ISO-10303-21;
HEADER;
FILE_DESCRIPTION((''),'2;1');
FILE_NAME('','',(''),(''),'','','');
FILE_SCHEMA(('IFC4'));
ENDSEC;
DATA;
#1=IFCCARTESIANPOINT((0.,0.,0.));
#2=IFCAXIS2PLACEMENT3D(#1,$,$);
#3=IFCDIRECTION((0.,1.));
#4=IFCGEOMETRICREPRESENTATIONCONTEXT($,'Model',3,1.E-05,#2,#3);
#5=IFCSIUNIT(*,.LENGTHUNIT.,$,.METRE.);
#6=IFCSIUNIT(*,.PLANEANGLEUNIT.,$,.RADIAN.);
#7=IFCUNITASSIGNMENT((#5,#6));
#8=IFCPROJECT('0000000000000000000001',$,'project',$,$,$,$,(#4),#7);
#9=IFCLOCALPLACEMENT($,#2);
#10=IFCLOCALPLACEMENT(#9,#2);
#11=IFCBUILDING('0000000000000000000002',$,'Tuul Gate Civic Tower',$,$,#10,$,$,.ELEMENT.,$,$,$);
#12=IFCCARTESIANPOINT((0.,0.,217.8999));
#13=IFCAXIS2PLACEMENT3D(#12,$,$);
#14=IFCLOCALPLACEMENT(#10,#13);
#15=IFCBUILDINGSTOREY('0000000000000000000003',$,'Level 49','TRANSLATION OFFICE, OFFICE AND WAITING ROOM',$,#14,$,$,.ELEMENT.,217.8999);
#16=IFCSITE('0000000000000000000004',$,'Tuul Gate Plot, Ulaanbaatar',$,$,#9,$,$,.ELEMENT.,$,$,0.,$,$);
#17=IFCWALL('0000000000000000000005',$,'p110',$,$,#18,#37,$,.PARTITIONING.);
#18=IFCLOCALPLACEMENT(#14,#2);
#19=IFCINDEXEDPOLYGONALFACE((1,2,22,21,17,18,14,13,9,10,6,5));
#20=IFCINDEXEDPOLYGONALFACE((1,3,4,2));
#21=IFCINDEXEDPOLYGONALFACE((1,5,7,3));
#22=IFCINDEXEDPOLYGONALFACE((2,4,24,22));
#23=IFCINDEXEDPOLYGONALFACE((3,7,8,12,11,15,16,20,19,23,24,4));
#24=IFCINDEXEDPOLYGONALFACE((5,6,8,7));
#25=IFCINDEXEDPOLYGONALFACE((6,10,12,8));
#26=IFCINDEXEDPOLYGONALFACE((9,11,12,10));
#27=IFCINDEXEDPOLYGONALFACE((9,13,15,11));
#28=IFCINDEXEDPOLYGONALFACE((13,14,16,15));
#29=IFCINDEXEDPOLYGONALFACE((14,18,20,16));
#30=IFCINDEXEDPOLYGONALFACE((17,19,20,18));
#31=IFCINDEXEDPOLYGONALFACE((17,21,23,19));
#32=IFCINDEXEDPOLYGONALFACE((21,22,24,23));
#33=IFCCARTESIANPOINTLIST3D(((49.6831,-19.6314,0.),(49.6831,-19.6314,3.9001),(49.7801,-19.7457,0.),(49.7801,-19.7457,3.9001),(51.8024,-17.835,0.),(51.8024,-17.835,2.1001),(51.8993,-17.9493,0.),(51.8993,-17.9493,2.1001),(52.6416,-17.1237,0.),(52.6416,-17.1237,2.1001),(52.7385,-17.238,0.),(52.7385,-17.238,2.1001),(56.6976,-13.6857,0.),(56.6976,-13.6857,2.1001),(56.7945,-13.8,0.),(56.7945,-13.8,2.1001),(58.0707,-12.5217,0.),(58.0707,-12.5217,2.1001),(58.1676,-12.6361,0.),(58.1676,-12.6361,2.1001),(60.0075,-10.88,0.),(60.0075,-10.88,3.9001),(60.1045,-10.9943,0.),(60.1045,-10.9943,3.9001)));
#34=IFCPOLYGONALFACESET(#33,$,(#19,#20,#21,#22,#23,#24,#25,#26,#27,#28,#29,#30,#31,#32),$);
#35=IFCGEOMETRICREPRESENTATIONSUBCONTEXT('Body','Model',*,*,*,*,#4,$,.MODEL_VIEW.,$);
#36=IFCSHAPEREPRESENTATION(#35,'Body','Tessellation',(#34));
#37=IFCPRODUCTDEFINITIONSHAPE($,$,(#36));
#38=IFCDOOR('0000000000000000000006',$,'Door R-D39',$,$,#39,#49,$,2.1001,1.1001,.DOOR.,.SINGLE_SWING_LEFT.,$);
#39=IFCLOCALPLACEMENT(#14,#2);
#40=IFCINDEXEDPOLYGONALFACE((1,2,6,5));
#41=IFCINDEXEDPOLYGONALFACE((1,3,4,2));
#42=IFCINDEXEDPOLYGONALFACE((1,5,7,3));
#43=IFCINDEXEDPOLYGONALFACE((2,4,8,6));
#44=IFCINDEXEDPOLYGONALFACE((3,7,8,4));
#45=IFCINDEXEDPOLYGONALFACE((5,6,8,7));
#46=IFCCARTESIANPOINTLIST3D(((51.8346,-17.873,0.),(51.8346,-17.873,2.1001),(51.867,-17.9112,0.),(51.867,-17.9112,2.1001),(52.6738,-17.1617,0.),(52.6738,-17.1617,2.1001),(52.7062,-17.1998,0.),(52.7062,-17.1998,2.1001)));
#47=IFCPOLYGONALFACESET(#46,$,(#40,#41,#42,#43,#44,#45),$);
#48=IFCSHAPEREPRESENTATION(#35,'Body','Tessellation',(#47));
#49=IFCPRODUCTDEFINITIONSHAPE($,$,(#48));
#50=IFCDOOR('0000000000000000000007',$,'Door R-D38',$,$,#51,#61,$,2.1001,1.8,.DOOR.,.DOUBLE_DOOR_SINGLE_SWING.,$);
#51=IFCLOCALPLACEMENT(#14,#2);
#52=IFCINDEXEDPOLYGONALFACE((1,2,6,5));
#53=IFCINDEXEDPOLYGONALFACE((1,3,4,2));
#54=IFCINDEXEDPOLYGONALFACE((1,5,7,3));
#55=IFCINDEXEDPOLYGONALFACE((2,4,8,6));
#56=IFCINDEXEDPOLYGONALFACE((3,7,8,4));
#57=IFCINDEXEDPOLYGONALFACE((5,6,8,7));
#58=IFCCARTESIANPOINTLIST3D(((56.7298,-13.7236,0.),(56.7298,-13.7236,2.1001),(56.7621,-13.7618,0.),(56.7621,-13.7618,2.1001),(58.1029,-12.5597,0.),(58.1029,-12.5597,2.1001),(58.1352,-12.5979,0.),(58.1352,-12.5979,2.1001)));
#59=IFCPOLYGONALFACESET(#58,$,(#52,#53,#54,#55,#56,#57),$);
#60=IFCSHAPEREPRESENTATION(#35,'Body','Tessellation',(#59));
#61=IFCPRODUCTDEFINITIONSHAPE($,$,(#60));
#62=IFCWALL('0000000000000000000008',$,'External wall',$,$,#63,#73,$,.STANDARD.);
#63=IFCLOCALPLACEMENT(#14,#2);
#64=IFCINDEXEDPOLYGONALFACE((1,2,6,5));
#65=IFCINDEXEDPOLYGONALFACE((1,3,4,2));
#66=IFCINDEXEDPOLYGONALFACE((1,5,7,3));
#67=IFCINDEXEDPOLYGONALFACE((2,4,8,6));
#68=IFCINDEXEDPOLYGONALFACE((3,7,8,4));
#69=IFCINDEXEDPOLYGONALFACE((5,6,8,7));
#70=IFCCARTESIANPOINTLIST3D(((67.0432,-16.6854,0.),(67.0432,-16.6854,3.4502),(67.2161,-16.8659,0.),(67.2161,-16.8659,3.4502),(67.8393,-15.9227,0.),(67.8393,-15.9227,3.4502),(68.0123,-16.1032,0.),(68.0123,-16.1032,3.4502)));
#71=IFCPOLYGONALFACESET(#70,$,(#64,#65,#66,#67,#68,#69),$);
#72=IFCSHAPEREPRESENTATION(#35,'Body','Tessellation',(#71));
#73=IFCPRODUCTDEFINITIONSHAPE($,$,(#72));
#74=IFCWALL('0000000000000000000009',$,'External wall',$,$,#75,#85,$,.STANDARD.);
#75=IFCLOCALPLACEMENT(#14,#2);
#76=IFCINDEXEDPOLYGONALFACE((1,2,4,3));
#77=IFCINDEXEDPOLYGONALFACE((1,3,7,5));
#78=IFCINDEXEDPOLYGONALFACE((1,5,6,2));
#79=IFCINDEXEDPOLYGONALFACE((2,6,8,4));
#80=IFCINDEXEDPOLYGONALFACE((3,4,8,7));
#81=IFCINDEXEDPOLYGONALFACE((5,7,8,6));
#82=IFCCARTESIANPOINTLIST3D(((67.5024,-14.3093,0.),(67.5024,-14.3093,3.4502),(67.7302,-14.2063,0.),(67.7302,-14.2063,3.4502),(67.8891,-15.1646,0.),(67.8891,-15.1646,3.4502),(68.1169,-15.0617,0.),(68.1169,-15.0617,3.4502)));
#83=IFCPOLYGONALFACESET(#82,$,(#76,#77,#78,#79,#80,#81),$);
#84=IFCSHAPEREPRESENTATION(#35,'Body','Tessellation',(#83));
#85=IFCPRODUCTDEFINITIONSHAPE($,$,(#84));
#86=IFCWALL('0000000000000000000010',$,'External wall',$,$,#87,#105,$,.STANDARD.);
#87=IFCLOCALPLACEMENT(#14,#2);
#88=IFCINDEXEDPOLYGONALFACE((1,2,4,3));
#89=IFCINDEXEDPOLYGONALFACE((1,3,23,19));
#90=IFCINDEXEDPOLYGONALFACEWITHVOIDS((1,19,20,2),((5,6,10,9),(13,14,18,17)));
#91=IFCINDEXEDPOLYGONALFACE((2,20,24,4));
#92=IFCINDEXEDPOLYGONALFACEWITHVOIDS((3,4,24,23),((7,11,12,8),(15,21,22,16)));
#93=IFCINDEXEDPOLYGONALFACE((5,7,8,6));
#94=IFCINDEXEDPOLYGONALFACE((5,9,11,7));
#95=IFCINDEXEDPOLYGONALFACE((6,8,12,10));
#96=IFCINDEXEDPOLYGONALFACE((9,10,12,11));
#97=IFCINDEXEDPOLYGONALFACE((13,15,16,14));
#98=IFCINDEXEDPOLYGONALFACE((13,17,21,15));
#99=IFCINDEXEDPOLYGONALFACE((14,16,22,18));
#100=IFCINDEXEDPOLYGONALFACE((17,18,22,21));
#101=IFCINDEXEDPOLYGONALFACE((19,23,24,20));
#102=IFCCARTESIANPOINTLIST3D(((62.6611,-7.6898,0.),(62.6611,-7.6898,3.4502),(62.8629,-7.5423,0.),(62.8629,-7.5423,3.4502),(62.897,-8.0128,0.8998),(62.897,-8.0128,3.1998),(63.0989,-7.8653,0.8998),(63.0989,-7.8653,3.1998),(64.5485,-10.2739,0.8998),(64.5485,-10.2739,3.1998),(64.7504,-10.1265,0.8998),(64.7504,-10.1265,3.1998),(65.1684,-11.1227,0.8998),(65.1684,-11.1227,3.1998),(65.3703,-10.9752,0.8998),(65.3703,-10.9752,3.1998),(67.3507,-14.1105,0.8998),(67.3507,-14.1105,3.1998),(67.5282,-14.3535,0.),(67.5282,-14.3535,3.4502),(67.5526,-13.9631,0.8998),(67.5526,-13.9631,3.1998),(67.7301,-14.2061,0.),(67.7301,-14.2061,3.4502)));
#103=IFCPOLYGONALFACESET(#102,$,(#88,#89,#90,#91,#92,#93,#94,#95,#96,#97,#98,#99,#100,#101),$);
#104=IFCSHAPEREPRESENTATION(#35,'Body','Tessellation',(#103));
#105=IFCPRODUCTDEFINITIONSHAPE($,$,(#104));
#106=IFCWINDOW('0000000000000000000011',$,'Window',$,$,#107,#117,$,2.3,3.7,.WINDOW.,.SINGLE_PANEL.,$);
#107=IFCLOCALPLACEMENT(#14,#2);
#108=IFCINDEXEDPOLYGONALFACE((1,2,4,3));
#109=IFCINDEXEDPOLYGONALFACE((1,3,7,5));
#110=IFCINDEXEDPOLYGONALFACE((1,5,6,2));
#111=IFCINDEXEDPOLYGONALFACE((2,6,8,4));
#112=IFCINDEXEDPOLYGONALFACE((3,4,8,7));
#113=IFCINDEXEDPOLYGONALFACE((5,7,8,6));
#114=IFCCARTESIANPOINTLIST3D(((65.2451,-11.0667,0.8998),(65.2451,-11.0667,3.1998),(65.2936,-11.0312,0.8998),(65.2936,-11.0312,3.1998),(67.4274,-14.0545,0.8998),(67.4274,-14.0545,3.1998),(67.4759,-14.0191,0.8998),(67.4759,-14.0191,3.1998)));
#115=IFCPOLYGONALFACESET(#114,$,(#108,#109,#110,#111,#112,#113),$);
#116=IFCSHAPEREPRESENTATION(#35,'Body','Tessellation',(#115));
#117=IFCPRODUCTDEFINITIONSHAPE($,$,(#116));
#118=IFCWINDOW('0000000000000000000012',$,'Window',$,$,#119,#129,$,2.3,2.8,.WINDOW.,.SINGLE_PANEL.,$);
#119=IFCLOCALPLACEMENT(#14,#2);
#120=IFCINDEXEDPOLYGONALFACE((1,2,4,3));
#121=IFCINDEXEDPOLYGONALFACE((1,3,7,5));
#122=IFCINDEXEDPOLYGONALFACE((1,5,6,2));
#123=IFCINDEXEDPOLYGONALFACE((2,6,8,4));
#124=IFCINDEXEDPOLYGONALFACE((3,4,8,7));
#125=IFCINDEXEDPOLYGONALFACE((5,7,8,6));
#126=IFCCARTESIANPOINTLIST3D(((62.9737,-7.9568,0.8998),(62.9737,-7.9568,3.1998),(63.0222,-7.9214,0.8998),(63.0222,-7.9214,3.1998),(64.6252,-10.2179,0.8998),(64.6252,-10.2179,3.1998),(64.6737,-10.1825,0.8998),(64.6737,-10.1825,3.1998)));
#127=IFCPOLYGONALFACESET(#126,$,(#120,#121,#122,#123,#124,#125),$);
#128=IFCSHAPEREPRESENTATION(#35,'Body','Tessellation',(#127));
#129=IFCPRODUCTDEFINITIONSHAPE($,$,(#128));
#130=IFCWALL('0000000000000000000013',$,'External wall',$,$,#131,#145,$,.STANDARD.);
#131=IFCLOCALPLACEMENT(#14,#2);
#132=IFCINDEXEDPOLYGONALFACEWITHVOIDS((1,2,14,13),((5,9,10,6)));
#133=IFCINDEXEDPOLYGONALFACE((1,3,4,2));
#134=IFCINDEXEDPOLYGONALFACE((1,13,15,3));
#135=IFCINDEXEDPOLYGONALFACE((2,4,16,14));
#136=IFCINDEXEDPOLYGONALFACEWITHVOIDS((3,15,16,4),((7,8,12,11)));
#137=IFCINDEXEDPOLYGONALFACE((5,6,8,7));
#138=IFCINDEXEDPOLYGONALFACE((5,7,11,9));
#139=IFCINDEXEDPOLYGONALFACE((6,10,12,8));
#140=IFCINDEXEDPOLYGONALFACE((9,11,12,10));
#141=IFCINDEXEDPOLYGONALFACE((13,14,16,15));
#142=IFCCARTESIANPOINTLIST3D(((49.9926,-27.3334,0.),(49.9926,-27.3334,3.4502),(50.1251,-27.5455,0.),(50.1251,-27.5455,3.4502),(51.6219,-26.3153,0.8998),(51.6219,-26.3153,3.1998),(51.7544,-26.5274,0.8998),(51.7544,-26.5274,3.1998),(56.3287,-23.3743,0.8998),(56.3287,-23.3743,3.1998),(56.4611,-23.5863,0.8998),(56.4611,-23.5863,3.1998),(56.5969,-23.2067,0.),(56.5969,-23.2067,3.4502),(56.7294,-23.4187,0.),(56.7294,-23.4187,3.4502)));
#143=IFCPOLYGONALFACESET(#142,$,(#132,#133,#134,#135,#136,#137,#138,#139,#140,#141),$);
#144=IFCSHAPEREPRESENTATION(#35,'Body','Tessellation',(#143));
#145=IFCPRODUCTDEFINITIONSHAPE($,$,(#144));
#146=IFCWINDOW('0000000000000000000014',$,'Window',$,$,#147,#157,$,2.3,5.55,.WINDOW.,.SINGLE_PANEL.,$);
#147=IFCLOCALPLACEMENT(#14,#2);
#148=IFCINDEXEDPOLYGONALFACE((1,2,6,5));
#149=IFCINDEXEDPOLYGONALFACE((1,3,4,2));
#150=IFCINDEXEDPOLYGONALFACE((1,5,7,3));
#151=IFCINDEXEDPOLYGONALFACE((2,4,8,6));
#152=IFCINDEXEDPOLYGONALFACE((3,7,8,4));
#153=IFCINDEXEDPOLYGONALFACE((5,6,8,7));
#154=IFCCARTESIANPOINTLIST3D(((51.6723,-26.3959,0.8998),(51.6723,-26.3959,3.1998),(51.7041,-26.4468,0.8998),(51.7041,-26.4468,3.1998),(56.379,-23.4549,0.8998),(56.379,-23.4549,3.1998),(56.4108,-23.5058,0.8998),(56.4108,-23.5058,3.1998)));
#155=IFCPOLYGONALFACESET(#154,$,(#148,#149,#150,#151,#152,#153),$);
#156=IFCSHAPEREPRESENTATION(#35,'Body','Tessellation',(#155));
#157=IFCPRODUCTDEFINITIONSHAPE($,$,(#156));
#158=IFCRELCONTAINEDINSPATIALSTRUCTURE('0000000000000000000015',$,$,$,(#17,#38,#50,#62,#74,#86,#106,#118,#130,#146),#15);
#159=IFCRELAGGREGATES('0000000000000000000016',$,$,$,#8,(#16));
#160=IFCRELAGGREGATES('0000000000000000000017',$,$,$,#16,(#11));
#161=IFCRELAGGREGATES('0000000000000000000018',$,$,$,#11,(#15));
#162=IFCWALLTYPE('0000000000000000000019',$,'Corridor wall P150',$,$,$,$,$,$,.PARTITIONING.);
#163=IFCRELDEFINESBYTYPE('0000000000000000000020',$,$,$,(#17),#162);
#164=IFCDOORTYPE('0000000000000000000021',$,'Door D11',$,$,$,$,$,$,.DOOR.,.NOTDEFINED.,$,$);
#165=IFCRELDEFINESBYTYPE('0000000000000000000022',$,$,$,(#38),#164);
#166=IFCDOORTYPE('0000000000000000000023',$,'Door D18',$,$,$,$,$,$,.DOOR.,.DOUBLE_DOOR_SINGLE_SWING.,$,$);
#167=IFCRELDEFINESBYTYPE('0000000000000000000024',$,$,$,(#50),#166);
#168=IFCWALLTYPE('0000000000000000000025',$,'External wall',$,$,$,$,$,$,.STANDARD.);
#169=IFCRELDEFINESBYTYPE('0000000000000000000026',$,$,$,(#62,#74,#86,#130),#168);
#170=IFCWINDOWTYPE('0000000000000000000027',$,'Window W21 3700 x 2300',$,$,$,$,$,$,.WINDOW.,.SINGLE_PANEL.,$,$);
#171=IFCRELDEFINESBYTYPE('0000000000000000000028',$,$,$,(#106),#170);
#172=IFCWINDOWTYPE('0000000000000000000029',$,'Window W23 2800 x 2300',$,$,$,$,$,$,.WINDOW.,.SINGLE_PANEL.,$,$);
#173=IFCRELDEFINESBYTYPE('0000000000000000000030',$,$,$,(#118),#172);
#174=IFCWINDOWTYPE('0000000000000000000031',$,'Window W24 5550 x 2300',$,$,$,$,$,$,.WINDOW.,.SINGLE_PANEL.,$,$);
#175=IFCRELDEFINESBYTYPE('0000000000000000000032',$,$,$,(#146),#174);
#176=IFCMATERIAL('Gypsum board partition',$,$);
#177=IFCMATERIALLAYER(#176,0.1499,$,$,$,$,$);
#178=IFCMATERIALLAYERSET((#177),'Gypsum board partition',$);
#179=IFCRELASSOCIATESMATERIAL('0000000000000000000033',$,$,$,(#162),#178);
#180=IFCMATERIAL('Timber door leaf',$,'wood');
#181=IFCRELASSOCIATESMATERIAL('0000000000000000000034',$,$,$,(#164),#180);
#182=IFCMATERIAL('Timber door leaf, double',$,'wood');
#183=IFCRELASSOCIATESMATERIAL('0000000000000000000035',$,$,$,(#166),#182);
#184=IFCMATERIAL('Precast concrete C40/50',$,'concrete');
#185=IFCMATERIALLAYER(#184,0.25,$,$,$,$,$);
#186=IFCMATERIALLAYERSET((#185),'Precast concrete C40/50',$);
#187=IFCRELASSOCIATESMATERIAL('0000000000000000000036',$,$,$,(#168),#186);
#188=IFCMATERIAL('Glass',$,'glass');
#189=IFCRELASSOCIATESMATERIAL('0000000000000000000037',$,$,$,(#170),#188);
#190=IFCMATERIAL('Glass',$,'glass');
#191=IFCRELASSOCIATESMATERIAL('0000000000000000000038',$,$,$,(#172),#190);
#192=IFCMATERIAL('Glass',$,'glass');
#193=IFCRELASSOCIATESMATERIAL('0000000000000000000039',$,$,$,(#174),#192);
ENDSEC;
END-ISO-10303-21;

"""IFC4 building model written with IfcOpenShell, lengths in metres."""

from ifc_helpers import new_model, si_unit, direction, frame, frame_2d, origin, place, context, subcontext, project, spatial, rectangle, extrude, material, layer, layer_set, type_object, element, fill, save


model = new_model("IFC4")

# Units and contexts
model_context = context("Model", 3, precision=1e-05, world=origin(), true_north=direction((0.0, 1.0)))
body_context = subcontext(model_context, "Body", "Model", "MODEL_VIEW")
ifc_project = project(units=[si_unit("LENGTHUNIT", "METRE"), si_unit("PLANEANGLEUNIT", "RADIAN")], contexts=[model_context])

# Site, building, storey
site_placement = place(None, origin())
site = spatial("IfcSite", under=ifc_project, at=site_placement, Name="Tuul Gate Plot, Ulaanbaatar", CompositionType="ELEMENT", RefElevation=0.0)
building_placement = place(site_placement, origin())
building = spatial("IfcBuilding", under=site, at=building_placement, Name="Tuul Gate Civic Tower", CompositionType="ELEMENT")
storey_placement = place(building_placement, frame((0.0, 0.0, 217.8999)))
storey = spatial("IfcBuildingStorey", under=building, at=storey_placement, Name="Level 49", Description="TRANSLATION OFFICE, OFFICE AND WAITING ROOM", CompositionType="ELEMENT", Elevation=217.8999)

# Wall, openings, doors
ifc_material_1 = material(Name="Gypsum board partition")
ifc_layer_1 = layer(ifc_material_1, 0.1499)
ifc_layer_set_1 = layer_set([ifc_layer_1], Name="Gypsum board partition")
wall_type_1 = type_object("IfcWallType", Name="Corridor wall P150", PredefinedType="PARTITIONING", material=ifc_layer_set_1)
wall_1_placement = place(storey_placement, frame((49.7317, -19.6885, 0.0), z_axis=(0.0, 0.0, 1.0), x_axis=(0.762826, 0.646604, 0.0)))
wall_1 = element("IfcWall", 1, at=wall_1_placement, inside=storey, type_object=wall_type_1, Name="p110", PredefinedType="PARTITIONING", context=body_context, shape_type="SweptSolid", body=[
    extrude(rectangle(XDim=13.5344, YDim=0.1499, at=frame_2d((6.7671, 0.0))), origin(), (0.0, 0.0, 1.0), 3.9001),
])
opening_1_placement = place(wall_1_placement, frame((9.1953, 0.0, 0.0)))
opening_1 = element("IfcOpeningElement", 2, at=opening_1_placement, cuts=wall_1, PredefinedType="OPENING", context=body_context, shape_type="SweptSolid", body=[
    extrude(rectangle(XDim=1.8, YDim=2.1001, at=frame_2d((0.8999, 1.05))), frame((0.0, 0.085, 0.0), z_axis=(0.0, -1.0, 0.0), x_axis=(1.0, 0.0, 0.0)), (0.0, 0.0, 1.0), 0.1699),
])
opening_2_placement = place(wall_1_placement, frame((2.7781, 0.0, 0.0)))
opening_2 = element("IfcOpeningElement", 3, at=opening_2_placement, cuts=wall_1, PredefinedType="OPENING", context=body_context, shape_type="SweptSolid", body=[
    extrude(rectangle(XDim=1.1001, YDim=2.1001, at=frame_2d((0.55, 1.05))), frame((0.0, 0.085, 0.0), z_axis=(0.0, -1.0, 0.0), x_axis=(1.0, 0.0, 0.0)), (0.0, 0.0, 1.0), 0.1699),
])
ifc_material_2 = material(Name="Timber door leaf", Category="wood")
door_type_1 = type_object("IfcDoorType", Name="Door D11", OperationType="NOTDEFINED", PredefinedType="DOOR", material=ifc_material_2)
door_1_placement = place(opening_2_placement, frame((1.1001, 0.0, 0.0), z_axis=(0.0, 0.0, 1.0), x_axis=(-1.0, 0.0, 0.0)))
door_1 = element("IfcDoor", 4, at=door_1_placement, inside=storey, type_object=door_type_1, Name="Door R-D39", OperationType="SINGLE_SWING_LEFT", OverallHeight=2.1001, OverallWidth=1.1001, PredefinedType="DOOR", context=body_context, shape_type="SweptSolid", body=[
    extrude(rectangle(XDim=1.1001, YDim=2.1001, at=frame_2d((0.55, 1.05))), frame((0.0, 0.0249, 0.0), z_axis=(0.0, -1.0, 0.0), x_axis=(1.0, 0.0, 0.0)), (0.0, 0.0, 1.0), 0.05),
])
fill(opening_2, door_1)
ifc_material_3 = material(Name="Timber door leaf, double", Category="wood")
door_type_2 = type_object("IfcDoorType", Name="Door D18", OperationType="DOUBLE_DOOR_SINGLE_SWING", PredefinedType="DOOR", material=ifc_material_3)
door_2_placement = place(opening_1_placement, frame((1.8, 0.0, 0.0), z_axis=(0.0, 0.0, 1.0), x_axis=(-1.0, 0.0, 0.0)))
door_2 = element("IfcDoor", 5, at=door_2_placement, inside=storey, type_object=door_type_2, Name="Door R-D38", OperationType="DOUBLE_DOOR_SINGLE_SWING", OverallHeight=2.1001, OverallWidth=1.8, PredefinedType="DOOR", context=body_context, shape_type="SweptSolid", body=[
    extrude(rectangle(XDim=1.8, YDim=2.1001, at=frame_2d((0.9001, 1.05))), frame((0.0, 0.0249, 0.0), z_axis=(0.0, -1.0, 0.0), x_axis=(1.0, 0.0, 0.0)), (0.0, 0.0, 1.0), 0.05),
])
fill(opening_1, door_2)

# Walls
ifc_material_4 = material(Name="Precast concrete C40/50", Category="concrete")
ifc_layer_2 = layer(ifc_material_4, 0.25)
ifc_layer_set_2 = layer_set([ifc_layer_2], Name="Precast concrete C40/50")
wall_type_2 = type_object("IfcWallType", Name="External wall", PredefinedType="STANDARD", material=ifc_layer_set_2)
wall_2_placement = place(storey_placement, frame((67.1296, -16.7756, 0.0), z_axis=(0.0, 0.0, 1.0), x_axis=(0.722113, 0.691775, 0.0)))
element("IfcWall", 6, at=wall_2_placement, inside=storey, type_object=wall_type_2, Name="External wall", PredefinedType="STANDARD", context=body_context, shape_type="SweptSolid", body=[
    extrude(rectangle(XDim=1.1025, YDim=0.25, at=frame_2d((0.5513, 0.0))), origin(), (0.0, 0.0, 1.0), 3.4502),
])
wall_3_placement = place(storey_placement, frame((68.0029, -15.113, 0.0), z_axis=(0.0, 0.0, 1.0), x_axis=(-0.411921, 0.911219, 0.0)))
element("IfcWall", 7, at=wall_3_placement, inside=storey, type_object=wall_type_2, Name="External wall", PredefinedType="STANDARD", context=body_context, shape_type="SweptSolid", body=[
    extrude(rectangle(XDim=0.9387, YDim=0.25, at=frame_2d((0.4692, 0.0))), origin(), (0.0, 0.0, 1.0), 3.4502),
])

# Wall, openings, windows
wall_4_placement = place(storey_placement, frame((67.6292, -14.2798, 0.0), z_axis=(0.0, 0.0, 1.0), x_axis=(-0.589817, 0.807537, 0.0)))
wall_4 = element("IfcWall", 8, at=wall_4_placement, inside=storey, type_object=wall_type_2, Name="External wall", PredefinedType="STANDARD", context=body_context, shape_type="SweptSolid", body=[
    extrude(rectangle(XDim=8.252, YDim=0.25, at=frame_2d((4.126, 0.0))), origin(), (0.0, 0.0, 1.0), 3.4502),
])
opening_3_placement = place(wall_4_placement, frame((0.3008, 0.0, 0.8999)))
opening_3 = element("IfcOpeningElement", 9, at=opening_3_placement, cuts=wall_4, PredefinedType="OPENING", context=body_context, shape_type="SweptSolid", body=[
    extrude(rectangle(XDim=3.7, YDim=2.3, at=frame_2d((1.8501, 1.1499))), frame((0.0, 0.135, 0.0), z_axis=(0.0, -1.0, 0.0), x_axis=(1.0, 0.0, 0.0)), (0.0, 0.0, 1.0), 0.27),
])
opening_4_placement = place(wall_4_placement, frame((5.052, 0.0, 0.8999)))
opening_4 = element("IfcOpeningElement", 10, at=opening_4_placement, cuts=wall_4, PredefinedType="OPENING", context=body_context, shape_type="SweptSolid", body=[
    extrude(rectangle(XDim=2.8, YDim=2.3, at=frame_2d((1.3999, 1.1499))), frame((0.0, 0.135, 0.0), z_axis=(0.0, -1.0, 0.0), x_axis=(1.0, 0.0, 0.0)), (0.0, 0.0, 1.0), 0.27),
])
ifc_material_5 = material(Name="Glass", Category="glass")
window_type_1 = type_object("IfcWindowType", Name="Window W21 3700 x 2300", PartitioningType="SINGLE_PANEL", PredefinedType="WINDOW", material=ifc_material_5)
window_1_placement = place(opening_3_placement, origin())
window_1 = element("IfcWindow", 11, at=window_1_placement, inside=storey, type_object=window_type_1, Name="Window", OverallHeight=2.3, OverallWidth=3.7, PartitioningType="SINGLE_PANEL", PredefinedType="WINDOW", context=body_context, shape_type="SweptSolid", body=[
    extrude(rectangle(XDim=3.7, YDim=2.3, at=frame_2d((1.8501, 1.1499))), frame((0.0, 0.03, 0.0), z_axis=(0.0, -1.0, 0.0), x_axis=(1.0, 0.0, 0.0)), (0.0, 0.0, 1.0), 0.0601),
])
fill(opening_3, window_1)
ifc_material_6 = material(Name="Glass", Category="glass")
window_type_2 = type_object("IfcWindowType", Name="Window W23 2800 x 2300", PartitioningType="SINGLE_PANEL", PredefinedType="WINDOW", material=ifc_material_6)
window_2_placement = place(opening_4_placement, origin())
window_2 = element("IfcWindow", 12, at=window_2_placement, inside=storey, type_object=window_type_2, Name="Window", OverallHeight=2.3, OverallWidth=2.8, PartitioningType="SINGLE_PANEL", PredefinedType="WINDOW", context=body_context, shape_type="SweptSolid", body=[
    extrude(rectangle(XDim=2.8, YDim=2.3, at=frame_2d((1.3999, 1.1499))), frame((0.0, 0.03, 0.0), z_axis=(0.0, -1.0, 0.0), x_axis=(1.0, 0.0, 0.0)), (0.0, 0.0, 1.0), 0.0601),
])
fill(opening_4, window_2)

# Wall, opening, window
wall_5_placement = place(storey_placement, frame((50.0588, -27.4395, 0.0), z_axis=(0.0, 0.0, 1.0), x_axis=(0.848053, 0.529912, 0.0)))
wall_5 = element("IfcWall", 13, at=wall_5_placement, inside=storey, type_object=wall_type_2, Name="External wall", PredefinedType="STANDARD", context=body_context, shape_type="SweptSolid", body=[
    extrude(rectangle(XDim=7.7876, YDim=0.25, at=frame_2d((3.8938, 0.0))), origin(), (0.0, 0.0, 1.0), 3.4502),
])
opening_5_placement = place(wall_5_placement, frame((1.9214, 0.0, 0.8999)))
opening_5 = element("IfcOpeningElement", 14, at=opening_5_placement, cuts=wall_5, PredefinedType="OPENING", context=body_context, shape_type="SweptSolid", body=[
    extrude(rectangle(XDim=5.55, YDim=2.3, at=frame_2d((2.7749, 1.1499))), frame((0.0, 0.135, 0.0), z_axis=(0.0, -1.0, 0.0), x_axis=(1.0, 0.0, 0.0)), (0.0, 0.0, 1.0), 0.27),
])
ifc_material_7 = material(Name="Glass", Category="glass")
window_type_3 = type_object("IfcWindowType", Name="Window W24 5550 x 2300", PartitioningType="SINGLE_PANEL", PredefinedType="WINDOW", material=ifc_material_7)
window_3_placement = place(opening_5_placement, origin())
window_3 = element("IfcWindow", 15, at=window_3_placement, inside=storey, type_object=window_type_3, Name="Window", OverallHeight=2.3, OverallWidth=5.55, PartitioningType="SINGLE_PANEL", PredefinedType="WINDOW", context=body_context, shape_type="SweptSolid", body=[
    extrude(rectangle(XDim=5.55, YDim=2.3, at=frame_2d((2.7749, 1.1499))), frame((0.0, 0.03, 0.0), z_axis=(0.0, -1.0, 0.0), x_axis=(1.0, 0.0, 0.0)), (0.0, 0.0, 1.0), 0.0601),
])
fill(opening_5, window_3)

save(model, "model.ifc")
